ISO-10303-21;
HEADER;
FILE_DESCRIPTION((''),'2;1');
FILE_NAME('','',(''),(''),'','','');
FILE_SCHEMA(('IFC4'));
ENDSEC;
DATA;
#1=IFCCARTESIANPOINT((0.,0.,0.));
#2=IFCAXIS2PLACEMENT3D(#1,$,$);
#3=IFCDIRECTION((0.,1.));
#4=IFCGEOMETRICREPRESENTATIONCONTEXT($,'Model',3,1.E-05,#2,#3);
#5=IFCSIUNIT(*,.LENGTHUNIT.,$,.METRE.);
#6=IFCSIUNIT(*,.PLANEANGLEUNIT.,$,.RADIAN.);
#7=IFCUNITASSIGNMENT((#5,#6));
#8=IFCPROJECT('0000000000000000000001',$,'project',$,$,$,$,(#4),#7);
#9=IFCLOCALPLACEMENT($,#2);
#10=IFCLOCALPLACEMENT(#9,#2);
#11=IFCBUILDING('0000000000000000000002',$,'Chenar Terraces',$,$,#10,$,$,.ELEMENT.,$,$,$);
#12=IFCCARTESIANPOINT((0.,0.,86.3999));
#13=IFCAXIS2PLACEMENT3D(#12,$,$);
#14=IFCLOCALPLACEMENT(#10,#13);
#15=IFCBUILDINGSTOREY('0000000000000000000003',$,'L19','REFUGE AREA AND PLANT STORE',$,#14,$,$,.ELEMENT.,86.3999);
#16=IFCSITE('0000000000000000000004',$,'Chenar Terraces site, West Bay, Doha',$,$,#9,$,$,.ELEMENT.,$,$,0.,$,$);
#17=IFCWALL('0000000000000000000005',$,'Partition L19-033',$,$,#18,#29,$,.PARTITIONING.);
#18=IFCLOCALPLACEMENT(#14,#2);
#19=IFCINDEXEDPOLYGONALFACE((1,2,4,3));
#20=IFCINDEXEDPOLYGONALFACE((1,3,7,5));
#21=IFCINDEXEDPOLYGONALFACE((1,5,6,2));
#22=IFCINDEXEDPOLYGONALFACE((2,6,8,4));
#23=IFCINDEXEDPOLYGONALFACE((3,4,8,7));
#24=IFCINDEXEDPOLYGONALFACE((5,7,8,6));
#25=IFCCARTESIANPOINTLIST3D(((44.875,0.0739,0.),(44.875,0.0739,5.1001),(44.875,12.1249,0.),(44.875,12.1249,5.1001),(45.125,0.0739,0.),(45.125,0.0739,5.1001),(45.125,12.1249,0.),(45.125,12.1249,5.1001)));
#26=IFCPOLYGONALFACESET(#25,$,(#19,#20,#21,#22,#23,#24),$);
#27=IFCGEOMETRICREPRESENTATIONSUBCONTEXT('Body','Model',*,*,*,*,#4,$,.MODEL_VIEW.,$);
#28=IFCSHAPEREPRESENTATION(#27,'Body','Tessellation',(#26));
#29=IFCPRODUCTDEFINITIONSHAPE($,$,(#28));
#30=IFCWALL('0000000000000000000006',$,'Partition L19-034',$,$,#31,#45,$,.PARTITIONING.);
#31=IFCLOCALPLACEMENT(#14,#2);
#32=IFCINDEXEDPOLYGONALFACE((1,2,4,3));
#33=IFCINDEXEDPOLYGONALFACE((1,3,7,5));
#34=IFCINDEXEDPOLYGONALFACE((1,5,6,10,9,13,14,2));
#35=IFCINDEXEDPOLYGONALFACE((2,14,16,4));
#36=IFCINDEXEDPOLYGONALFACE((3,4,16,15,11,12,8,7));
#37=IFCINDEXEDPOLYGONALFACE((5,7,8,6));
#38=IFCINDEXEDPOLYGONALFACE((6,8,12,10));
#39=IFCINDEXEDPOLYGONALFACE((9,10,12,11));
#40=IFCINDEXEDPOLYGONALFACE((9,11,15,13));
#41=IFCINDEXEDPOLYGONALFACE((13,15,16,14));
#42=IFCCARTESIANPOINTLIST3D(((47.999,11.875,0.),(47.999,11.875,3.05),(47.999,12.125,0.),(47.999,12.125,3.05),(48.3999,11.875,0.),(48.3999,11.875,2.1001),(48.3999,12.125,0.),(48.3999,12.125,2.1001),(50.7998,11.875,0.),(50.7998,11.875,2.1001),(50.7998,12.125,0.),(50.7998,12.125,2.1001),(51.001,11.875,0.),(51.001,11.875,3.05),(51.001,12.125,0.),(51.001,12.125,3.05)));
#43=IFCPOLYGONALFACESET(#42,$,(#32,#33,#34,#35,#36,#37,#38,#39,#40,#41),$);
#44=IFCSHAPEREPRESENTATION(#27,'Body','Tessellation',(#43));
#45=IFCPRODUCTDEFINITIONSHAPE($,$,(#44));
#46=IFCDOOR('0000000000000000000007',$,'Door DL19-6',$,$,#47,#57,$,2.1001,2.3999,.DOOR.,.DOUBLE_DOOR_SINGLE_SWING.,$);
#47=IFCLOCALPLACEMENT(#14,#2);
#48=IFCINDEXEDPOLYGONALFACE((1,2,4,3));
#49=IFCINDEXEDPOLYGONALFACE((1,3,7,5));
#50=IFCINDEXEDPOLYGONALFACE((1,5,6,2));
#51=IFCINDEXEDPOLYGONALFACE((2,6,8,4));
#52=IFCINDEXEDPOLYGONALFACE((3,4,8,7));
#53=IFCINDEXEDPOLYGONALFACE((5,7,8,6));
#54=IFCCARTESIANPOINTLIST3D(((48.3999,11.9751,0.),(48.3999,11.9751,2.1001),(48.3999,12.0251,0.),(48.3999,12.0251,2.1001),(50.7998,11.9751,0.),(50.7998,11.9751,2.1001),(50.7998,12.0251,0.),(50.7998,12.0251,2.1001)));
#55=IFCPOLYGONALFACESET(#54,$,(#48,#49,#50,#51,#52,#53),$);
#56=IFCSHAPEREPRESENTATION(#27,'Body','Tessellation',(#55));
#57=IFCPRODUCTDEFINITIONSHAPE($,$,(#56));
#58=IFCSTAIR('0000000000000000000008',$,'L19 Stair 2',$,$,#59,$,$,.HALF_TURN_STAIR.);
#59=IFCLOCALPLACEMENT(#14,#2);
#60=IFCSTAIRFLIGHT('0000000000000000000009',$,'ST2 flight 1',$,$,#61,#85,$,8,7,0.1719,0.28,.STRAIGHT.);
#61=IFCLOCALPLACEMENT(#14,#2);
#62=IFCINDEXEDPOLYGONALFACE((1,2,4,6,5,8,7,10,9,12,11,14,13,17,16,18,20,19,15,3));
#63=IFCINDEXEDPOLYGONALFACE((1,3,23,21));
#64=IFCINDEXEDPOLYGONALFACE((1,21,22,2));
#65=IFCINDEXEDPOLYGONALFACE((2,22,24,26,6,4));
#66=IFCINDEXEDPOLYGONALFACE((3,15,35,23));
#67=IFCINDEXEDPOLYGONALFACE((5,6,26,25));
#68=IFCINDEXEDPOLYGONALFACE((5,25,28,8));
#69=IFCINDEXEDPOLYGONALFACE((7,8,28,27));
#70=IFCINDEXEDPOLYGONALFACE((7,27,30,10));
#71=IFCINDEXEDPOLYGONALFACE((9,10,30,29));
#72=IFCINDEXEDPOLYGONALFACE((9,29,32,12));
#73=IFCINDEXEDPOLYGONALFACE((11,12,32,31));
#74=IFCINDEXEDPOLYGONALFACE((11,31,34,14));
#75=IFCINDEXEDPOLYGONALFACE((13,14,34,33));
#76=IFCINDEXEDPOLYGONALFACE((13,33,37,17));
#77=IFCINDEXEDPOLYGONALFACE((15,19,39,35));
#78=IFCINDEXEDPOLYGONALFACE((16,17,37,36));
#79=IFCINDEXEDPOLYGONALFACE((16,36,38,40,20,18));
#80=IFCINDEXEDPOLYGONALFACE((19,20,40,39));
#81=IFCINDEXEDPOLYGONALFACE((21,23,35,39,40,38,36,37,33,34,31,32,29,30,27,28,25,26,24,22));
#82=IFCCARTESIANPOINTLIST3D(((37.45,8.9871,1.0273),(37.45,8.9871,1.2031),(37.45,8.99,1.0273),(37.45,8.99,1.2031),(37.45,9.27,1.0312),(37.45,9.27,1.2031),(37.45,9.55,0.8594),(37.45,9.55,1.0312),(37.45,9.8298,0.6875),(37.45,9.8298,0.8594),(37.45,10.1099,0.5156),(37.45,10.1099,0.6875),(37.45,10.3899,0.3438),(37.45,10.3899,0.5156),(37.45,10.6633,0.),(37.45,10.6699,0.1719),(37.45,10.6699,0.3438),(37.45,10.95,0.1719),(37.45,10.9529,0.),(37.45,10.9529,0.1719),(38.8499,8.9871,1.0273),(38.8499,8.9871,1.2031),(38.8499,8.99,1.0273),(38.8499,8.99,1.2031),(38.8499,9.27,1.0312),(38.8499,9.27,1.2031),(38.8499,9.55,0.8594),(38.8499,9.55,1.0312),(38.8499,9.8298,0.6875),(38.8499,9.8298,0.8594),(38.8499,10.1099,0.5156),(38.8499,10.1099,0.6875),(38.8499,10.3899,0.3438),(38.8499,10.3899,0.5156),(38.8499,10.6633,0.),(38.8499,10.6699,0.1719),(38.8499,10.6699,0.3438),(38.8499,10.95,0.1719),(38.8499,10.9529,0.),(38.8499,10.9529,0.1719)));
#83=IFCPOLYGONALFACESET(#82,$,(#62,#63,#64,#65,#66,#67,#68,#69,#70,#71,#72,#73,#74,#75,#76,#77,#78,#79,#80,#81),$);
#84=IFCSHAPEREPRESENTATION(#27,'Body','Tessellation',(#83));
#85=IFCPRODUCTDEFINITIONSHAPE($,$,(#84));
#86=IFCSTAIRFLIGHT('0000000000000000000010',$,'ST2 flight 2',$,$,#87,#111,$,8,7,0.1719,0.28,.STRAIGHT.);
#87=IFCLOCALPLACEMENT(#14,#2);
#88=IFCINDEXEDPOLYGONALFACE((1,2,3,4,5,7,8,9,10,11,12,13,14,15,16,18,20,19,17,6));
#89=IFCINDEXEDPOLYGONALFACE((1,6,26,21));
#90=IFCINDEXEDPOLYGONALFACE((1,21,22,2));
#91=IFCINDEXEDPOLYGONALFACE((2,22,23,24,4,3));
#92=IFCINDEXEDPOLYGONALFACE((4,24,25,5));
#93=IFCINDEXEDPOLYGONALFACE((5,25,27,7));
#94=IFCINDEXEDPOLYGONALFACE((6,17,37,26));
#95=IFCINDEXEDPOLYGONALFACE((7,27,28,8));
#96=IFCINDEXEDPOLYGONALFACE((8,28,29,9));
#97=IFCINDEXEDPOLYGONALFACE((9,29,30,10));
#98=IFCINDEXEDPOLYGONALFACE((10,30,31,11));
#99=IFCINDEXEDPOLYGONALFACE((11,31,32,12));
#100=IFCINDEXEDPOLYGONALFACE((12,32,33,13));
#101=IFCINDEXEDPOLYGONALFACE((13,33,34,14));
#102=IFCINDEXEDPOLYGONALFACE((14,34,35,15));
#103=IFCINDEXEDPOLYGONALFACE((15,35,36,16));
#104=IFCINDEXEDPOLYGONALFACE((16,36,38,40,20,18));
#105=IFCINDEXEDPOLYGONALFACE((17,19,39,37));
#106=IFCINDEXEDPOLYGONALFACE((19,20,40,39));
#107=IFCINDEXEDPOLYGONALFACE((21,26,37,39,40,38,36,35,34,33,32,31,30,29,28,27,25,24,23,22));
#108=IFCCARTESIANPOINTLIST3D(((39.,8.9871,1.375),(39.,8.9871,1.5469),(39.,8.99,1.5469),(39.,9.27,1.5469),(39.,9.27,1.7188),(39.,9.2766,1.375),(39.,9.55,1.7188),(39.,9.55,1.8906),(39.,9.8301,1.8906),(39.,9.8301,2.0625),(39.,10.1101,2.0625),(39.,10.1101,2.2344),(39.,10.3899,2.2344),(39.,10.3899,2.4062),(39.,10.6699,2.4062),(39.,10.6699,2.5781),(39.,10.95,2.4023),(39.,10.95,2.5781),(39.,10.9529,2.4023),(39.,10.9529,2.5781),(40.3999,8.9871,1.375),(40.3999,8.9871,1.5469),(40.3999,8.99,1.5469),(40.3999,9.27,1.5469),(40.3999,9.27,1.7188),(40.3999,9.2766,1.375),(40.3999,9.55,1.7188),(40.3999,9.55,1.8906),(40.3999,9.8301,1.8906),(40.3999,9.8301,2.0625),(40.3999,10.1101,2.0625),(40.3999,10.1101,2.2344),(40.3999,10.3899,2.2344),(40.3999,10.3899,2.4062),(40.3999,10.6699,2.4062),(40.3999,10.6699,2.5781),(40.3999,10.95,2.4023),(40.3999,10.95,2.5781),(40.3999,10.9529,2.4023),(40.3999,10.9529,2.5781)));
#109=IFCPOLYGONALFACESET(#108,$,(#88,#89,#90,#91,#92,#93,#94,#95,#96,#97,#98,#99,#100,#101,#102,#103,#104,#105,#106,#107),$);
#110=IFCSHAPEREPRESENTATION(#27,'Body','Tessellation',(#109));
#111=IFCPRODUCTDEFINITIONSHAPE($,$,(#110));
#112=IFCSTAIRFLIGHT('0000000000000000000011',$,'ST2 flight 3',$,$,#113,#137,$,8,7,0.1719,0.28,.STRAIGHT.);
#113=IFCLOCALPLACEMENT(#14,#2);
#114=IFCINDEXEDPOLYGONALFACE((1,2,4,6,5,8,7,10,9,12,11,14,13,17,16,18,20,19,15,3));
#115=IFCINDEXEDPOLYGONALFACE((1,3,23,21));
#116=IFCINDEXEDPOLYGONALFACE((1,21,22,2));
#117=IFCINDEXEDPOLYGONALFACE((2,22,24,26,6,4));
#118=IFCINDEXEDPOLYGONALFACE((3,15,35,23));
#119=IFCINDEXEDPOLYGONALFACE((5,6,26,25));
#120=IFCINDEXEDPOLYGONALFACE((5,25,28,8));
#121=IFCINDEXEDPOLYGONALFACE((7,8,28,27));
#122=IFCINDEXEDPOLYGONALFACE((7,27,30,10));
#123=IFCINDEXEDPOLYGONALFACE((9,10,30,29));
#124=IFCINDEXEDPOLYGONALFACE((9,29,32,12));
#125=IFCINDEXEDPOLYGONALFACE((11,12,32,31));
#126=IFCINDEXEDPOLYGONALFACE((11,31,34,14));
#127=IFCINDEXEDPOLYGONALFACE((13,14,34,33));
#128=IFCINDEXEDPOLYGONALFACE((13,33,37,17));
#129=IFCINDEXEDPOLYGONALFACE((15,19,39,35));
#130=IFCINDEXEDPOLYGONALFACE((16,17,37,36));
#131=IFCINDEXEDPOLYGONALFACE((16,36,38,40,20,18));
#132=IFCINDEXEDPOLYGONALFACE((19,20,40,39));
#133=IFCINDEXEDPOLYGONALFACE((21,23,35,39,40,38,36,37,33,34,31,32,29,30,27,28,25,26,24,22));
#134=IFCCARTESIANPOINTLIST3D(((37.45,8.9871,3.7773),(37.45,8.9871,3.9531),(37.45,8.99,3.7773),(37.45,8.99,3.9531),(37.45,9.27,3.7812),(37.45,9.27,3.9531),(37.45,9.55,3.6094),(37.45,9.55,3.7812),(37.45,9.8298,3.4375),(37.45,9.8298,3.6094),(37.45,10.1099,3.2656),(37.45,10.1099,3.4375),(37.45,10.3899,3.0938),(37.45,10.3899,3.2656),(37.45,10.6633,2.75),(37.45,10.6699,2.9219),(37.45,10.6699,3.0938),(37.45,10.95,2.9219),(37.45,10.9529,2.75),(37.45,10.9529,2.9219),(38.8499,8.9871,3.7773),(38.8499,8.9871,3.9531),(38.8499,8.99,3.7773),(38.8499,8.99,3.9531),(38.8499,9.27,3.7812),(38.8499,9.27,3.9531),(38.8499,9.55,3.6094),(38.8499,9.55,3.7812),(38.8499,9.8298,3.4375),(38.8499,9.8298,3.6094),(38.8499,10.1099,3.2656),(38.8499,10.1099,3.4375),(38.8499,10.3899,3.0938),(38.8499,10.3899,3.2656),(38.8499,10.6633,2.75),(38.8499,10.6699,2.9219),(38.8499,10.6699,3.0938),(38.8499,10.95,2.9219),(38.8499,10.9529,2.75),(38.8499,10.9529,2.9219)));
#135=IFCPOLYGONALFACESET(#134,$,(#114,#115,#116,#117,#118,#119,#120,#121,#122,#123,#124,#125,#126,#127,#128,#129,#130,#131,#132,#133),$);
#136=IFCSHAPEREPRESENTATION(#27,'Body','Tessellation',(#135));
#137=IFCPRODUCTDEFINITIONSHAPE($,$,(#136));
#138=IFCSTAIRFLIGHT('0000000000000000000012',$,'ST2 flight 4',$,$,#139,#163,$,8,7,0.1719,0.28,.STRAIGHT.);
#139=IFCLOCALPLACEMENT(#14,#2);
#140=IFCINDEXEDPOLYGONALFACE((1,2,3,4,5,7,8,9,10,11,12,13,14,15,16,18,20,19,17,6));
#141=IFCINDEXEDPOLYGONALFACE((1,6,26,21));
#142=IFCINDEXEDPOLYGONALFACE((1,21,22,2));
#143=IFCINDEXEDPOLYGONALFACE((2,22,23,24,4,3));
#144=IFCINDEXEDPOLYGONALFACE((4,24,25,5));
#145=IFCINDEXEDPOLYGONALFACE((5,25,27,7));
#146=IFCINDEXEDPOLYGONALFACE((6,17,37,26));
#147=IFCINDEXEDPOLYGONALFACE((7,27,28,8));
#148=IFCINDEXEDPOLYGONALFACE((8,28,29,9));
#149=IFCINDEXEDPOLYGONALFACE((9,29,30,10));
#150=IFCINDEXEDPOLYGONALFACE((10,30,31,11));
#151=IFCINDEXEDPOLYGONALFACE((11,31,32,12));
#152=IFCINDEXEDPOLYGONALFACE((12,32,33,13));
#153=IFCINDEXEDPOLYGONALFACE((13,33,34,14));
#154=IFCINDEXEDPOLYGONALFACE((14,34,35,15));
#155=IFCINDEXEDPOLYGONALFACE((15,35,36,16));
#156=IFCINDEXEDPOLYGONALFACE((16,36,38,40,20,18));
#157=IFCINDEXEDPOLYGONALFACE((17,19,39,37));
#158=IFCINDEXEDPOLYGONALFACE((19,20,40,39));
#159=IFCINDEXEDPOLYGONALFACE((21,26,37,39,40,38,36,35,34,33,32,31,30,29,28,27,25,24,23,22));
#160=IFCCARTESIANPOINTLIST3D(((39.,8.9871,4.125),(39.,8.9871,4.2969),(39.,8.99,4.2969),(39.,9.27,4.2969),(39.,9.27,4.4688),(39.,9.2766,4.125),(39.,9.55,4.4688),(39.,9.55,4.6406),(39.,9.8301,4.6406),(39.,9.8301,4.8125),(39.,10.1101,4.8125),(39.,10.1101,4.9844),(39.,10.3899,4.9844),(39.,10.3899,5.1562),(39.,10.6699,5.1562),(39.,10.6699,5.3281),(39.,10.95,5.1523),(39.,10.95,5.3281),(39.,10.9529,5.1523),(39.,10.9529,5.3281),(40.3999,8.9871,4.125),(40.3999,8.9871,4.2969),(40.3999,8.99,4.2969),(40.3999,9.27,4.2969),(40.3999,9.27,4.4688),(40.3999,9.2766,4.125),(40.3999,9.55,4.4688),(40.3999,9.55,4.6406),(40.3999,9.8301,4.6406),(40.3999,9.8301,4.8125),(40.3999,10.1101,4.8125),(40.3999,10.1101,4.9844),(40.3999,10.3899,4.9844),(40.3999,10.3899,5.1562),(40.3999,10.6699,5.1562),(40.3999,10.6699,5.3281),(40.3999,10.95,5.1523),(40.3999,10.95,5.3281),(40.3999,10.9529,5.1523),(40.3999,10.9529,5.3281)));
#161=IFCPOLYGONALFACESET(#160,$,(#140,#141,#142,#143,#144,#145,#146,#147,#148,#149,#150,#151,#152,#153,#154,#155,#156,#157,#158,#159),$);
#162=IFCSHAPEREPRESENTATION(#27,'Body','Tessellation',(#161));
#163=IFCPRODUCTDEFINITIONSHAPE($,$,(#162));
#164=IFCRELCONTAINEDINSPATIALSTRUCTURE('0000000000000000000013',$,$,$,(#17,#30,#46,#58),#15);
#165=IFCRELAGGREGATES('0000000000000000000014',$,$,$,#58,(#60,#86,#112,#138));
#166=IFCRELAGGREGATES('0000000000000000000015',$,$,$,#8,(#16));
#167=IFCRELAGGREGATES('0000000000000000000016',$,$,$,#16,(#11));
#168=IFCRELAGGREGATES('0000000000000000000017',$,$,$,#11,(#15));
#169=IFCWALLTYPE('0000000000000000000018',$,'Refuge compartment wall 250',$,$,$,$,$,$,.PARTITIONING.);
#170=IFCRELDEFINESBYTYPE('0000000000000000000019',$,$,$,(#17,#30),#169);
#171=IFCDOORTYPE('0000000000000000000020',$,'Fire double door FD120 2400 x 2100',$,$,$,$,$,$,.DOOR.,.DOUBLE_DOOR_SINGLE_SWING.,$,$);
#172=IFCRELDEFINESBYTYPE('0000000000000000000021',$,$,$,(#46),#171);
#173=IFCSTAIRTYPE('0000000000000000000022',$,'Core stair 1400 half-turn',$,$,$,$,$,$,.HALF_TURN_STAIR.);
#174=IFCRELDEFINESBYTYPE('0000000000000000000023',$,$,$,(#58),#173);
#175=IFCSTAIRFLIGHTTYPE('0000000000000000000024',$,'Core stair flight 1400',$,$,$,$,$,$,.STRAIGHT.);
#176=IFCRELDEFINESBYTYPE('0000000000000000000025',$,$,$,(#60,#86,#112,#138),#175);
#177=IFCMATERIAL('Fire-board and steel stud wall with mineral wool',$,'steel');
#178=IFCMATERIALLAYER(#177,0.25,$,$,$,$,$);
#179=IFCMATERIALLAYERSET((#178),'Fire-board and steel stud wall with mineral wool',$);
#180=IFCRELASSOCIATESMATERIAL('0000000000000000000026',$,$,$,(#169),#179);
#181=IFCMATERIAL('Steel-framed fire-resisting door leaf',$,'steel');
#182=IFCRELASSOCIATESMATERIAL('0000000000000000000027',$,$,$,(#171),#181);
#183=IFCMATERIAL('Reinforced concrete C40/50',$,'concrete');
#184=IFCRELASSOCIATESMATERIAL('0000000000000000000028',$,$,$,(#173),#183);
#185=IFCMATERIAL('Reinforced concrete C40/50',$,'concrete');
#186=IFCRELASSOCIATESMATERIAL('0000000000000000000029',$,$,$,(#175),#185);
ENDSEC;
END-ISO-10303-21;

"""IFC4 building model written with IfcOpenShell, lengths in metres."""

from ifc_helpers import new_model, si_unit, direction, frame, frame_2d, origin, place, context, subcontext, project, spatial, polyline, rectangle, outline, extrude, material, layer, layer_set, type_object, element, fill, aggregate, save


model = new_model("IFC4")

# Units and contexts
model_context = context("Model", 3, precision=1e-05, world=origin(), true_north=direction((0.0, 1.0)))
body_context = subcontext(model_context, "Body", "Model", "MODEL_VIEW")
ifc_project = project(units=[si_unit("LENGTHUNIT", "METRE"), si_unit("PLANEANGLEUNIT", "RADIAN")], contexts=[model_context])

# Site, building, storey
site_placement = place(None, origin())
site = spatial("IfcSite", under=ifc_project, at=site_placement, Name="Chenar Terraces site, West Bay, Doha", CompositionType="ELEMENT", RefElevation=0.0)
building_placement = place(site_placement, origin())
building = spatial("IfcBuilding", under=site, at=building_placement, Name="Chenar Terraces", CompositionType="ELEMENT")
storey_placement = place(building_placement, frame((0.0, 0.0, 86.3999)))
storey = spatial("IfcBuildingStorey", under=building, at=storey_placement, Name="L19", Description="REFUGE AREA AND PLANT STORE", CompositionType="ELEMENT", Elevation=86.3999)

# Shared definitions
ifc_material_1 = material(Name="Fire-board and steel stud wall with mineral wool", Category="steel")
ifc_layer_1 = layer(ifc_material_1, 0.25)
ifc_layer_set_1 = layer_set([ifc_layer_1], Name="Fire-board and steel stud wall with mineral wool")
wall_type_1 = type_object("IfcWallType", Name="Refuge compartment wall 250", PredefinedType="PARTITIONING", material=ifc_layer_set_1)

# Wall
wall_1_placement = place(storey_placement, frame((45.0, 0.074, 0.0), z_axis=(0.0, 0.0, 1.0), x_axis=(0.0, 1.0, 0.0)))
element("IfcWall", 1, at=wall_1_placement, inside=storey, type_object=wall_type_1, Name="Partition L19-033", PredefinedType="PARTITIONING", context=body_context, shape_type="SweptSolid", body=[
    extrude(rectangle(XDim=12.051, YDim=0.25, at=frame_2d((6.0254, 0.0))), origin(), (0.0, 0.0, 1.0), 5.1001),
])

# Wall, opening, door
wall_2_placement = place(storey_placement, frame((47.999, 12.0, 0.0), z_axis=(0.0, 0.0, 1.0), x_axis=(1.0, 0.0, 0.0)))
wall_2 = element("IfcWall", 2, at=wall_2_placement, inside=storey, type_object=wall_type_1, Name="Partition L19-034", PredefinedType="PARTITIONING", context=body_context, shape_type="SweptSolid", body=[
    extrude(rectangle(XDim=3.002, YDim=0.25, at=frame_2d((1.501, 0.0))), origin(), (0.0, 0.0, 1.0), 3.05),
])
opening_1_placement = place(wall_2_placement, frame((0.4009, 0.0, 0.0)))
opening_1 = element("IfcOpeningElement", 3, at=opening_1_placement, cuts=wall_2, PredefinedType="OPENING", context=body_context, shape_type="SweptSolid", body=[
    extrude(rectangle(XDim=2.3999, YDim=2.1001, at=frame_2d((1.2, 1.05))), frame((0.0, 0.135, 0.0), z_axis=(0.0, -1.0, 0.0), x_axis=(1.0, 0.0, 0.0)), (0.0, 0.0, 1.0), 0.27),
])
ifc_material_2 = material(Name="Steel-framed fire-resisting door leaf", Category="steel")
door_type_1 = type_object("IfcDoorType", Name="Fire double door FD120 2400 x 2100", OperationType="DOUBLE_DOOR_SINGLE_SWING", PredefinedType="DOOR", material=ifc_material_2)
door_1_placement = place(opening_1_placement, frame((2.3999, 0.0, 0.0), z_axis=(0.0, 0.0, 1.0), x_axis=(-1.0, 0.0, 0.0)))
door_1 = element("IfcDoor", 4, at=door_1_placement, inside=storey, type_object=door_type_1, Name="Door DL19-6", OperationType="DOUBLE_DOOR_SINGLE_SWING", OverallHeight=2.1001, OverallWidth=2.3999, PredefinedType="DOOR", context=body_context, shape_type="SweptSolid", body=[
    extrude(rectangle(XDim=2.3999, YDim=2.1001, at=frame_2d((1.2, 1.05))), frame((0.0, 0.0249, 0.0), z_axis=(0.0, -1.0, 0.0), x_axis=(1.0, 0.0, 0.0)), (0.0, 0.0, 1.0), 0.05),
])
fill(opening_1, door_1)

# Stair, stair flights
ifc_material_3 = material(Name="Reinforced concrete C40/50", Category="concrete")
stair_type = type_object("IfcStairType", Name="Core stair 1400 half-turn", PredefinedType="HALF_TURN_STAIR", material=ifc_material_3)
stair_placement = place(storey_placement, origin())
stair = element("IfcStair", 5, at=stair_placement, inside=storey, type_object=stair_type, Name="L19 Stair 2", PredefinedType="HALF_TURN_STAIR")
ifc_material_4 = material(Name="Reinforced concrete C40/50", Category="concrete")
stair_flight_type = type_object("IfcStairFlightType", Name="Core stair flight 1400", PredefinedType="STRAIGHT", material=ifc_material_4)
stair_flight_1_placement = place(storey_placement, frame((38.1499, 10.95, 0.0), z_axis=(0.0, 0.0, 1.0), x_axis=(0.0, -1.0, 0.0)))
stair_flight_1 = element("IfcStairFlight", 6, at=stair_flight_1_placement, type_object=stair_flight_type, Name="ST2 flight 1", NumberOfRisers=8, NumberOfTreads=7, PredefinedType="STRAIGHT", RiserHeight=0.1719, TreadLength=0.28, context=body_context, shape_type="SweptSolid", body=[
    extrude(outline(polyline([(-0.0029, 0.0), (-0.0029, 0.1719), (0.0, 0.1719), (0.28, 0.1719), (0.28, 0.3438), (0.5601, 0.3438), (0.5601, 0.5156), (0.8401, 0.5156), (0.8401, 0.6875), (1.1201, 0.6875), (1.1201, 0.8594), (1.3999, 0.8594), (1.3999, 1.0312), (1.6799, 1.0312), (1.6799, 1.2031), (1.96, 1.2031), (1.9629, 1.2031), (1.9629, 1.0273), (1.96, 1.0273), (0.2866, 0.0), (-0.0029, 0.0)])), frame((0.0, 0.7, 0.0), z_axis=(0.0, -1.0, 0.0), x_axis=(1.0, 0.0, 0.0)), (0.0, 0.0, 1.0), 1.3999),
])
stair_flight_2_placement = place(storey_placement, frame((39.7, 8.99, 1.375), z_axis=(0.0, 0.0, 1.0), x_axis=(0.0, 1.0, 0.0)))
stair_flight_2 = element("IfcStairFlight", 7, at=stair_flight_2_placement, type_object=stair_flight_type, Name="ST2 flight 2", NumberOfRisers=8, NumberOfTreads=7, PredefinedType="STRAIGHT", RiserHeight=0.1719, TreadLength=0.28, context=body_context, shape_type="SweptSolid", body=[
    extrude(outline(polyline([(-0.0029, 0.0), (-0.0029, 0.1719), (0.0, 0.1719), (0.28, 0.1719), (0.28, 0.3438), (0.5601, 0.3438), (0.5601, 0.5156), (0.8401, 0.5156), (0.8401, 0.6875), (1.1201, 0.6875), (1.1201, 0.8594), (1.3999, 0.8594), (1.3999, 1.0312), (1.6799, 1.0312), (1.6799, 1.2031), (1.96, 1.2031), (1.9629, 1.2031), (1.9629, 1.0273), (1.96, 1.0273), (0.2866, 0.0), (-0.0029, 0.0)])), frame((0.0, 0.7, 0.0), z_axis=(0.0, -1.0, 0.0), x_axis=(1.0, 0.0, 0.0)), (0.0, 0.0, 1.0), 1.3999),
])
stair_flight_3_placement = place(storey_placement, frame((38.1499, 10.95, 2.75), z_axis=(0.0, 0.0, 1.0), x_axis=(0.0, -1.0, 0.0)))
stair_flight_3 = element("IfcStairFlight", 8, at=stair_flight_3_placement, type_object=stair_flight_type, Name="ST2 flight 3", NumberOfRisers=8, NumberOfTreads=7, PredefinedType="STRAIGHT", RiserHeight=0.1719, TreadLength=0.28, context=body_context, shape_type="SweptSolid", body=[
    extrude(outline(polyline([(-0.0029, 0.0), (-0.0029, 0.1719), (0.0, 0.1719), (0.28, 0.1719), (0.28, 0.3438), (0.5601, 0.3438), (0.5601, 0.5156), (0.8401, 0.5156), (0.8401, 0.6875), (1.1201, 0.6875), (1.1201, 0.8594), (1.3999, 0.8594), (1.3999, 1.0312), (1.6799, 1.0312), (1.6799, 1.2031), (1.96, 1.2031), (1.9629, 1.2031), (1.9629, 1.0273), (1.96, 1.0273), (0.2866, 0.0), (-0.0029, 0.0)])), frame((0.0, 0.7, 0.0), z_axis=(0.0, -1.0, 0.0), x_axis=(1.0, 0.0, 0.0)), (0.0, 0.0, 1.0), 1.3999),
])
stair_flight_4_placement = place(storey_placement, frame((39.7, 8.99, 4.125), z_axis=(0.0, 0.0, 1.0), x_axis=(0.0, 1.0, 0.0)))
stair_flight_4 = element("IfcStairFlight", 9, at=stair_flight_4_placement, type_object=stair_flight_type, Name="ST2 flight 4", NumberOfRisers=8, NumberOfTreads=7, PredefinedType="STRAIGHT", RiserHeight=0.1719, TreadLength=0.28, context=body_context, shape_type="SweptSolid", body=[
    extrude(outline(polyline([(-0.0029, 0.0), (-0.0029, 0.1719), (0.0, 0.1719), (0.28, 0.1719), (0.28, 0.3438), (0.5601, 0.3438), (0.5601, 0.5156), (0.8401, 0.5156), (0.8401, 0.6875), (1.1201, 0.6875), (1.1201, 0.8594), (1.3999, 0.8594), (1.3999, 1.0312), (1.6799, 1.0312), (1.6799, 1.2031), (1.96, 1.2031), (1.9629, 1.2031), (1.9629, 1.0273), (1.96, 1.0273), (0.2866, 0.0), (-0.0029, 0.0)])), frame((0.0, 0.7, 0.0), z_axis=(0.0, -1.0, 0.0), x_axis=(1.0, 0.0, 0.0)), (0.0, 0.0, 1.0), 1.3999),
])
aggregate(stair, [stair_flight_1, stair_flight_2, stair_flight_3, stair_flight_4])

save(model, "model.ifc")
